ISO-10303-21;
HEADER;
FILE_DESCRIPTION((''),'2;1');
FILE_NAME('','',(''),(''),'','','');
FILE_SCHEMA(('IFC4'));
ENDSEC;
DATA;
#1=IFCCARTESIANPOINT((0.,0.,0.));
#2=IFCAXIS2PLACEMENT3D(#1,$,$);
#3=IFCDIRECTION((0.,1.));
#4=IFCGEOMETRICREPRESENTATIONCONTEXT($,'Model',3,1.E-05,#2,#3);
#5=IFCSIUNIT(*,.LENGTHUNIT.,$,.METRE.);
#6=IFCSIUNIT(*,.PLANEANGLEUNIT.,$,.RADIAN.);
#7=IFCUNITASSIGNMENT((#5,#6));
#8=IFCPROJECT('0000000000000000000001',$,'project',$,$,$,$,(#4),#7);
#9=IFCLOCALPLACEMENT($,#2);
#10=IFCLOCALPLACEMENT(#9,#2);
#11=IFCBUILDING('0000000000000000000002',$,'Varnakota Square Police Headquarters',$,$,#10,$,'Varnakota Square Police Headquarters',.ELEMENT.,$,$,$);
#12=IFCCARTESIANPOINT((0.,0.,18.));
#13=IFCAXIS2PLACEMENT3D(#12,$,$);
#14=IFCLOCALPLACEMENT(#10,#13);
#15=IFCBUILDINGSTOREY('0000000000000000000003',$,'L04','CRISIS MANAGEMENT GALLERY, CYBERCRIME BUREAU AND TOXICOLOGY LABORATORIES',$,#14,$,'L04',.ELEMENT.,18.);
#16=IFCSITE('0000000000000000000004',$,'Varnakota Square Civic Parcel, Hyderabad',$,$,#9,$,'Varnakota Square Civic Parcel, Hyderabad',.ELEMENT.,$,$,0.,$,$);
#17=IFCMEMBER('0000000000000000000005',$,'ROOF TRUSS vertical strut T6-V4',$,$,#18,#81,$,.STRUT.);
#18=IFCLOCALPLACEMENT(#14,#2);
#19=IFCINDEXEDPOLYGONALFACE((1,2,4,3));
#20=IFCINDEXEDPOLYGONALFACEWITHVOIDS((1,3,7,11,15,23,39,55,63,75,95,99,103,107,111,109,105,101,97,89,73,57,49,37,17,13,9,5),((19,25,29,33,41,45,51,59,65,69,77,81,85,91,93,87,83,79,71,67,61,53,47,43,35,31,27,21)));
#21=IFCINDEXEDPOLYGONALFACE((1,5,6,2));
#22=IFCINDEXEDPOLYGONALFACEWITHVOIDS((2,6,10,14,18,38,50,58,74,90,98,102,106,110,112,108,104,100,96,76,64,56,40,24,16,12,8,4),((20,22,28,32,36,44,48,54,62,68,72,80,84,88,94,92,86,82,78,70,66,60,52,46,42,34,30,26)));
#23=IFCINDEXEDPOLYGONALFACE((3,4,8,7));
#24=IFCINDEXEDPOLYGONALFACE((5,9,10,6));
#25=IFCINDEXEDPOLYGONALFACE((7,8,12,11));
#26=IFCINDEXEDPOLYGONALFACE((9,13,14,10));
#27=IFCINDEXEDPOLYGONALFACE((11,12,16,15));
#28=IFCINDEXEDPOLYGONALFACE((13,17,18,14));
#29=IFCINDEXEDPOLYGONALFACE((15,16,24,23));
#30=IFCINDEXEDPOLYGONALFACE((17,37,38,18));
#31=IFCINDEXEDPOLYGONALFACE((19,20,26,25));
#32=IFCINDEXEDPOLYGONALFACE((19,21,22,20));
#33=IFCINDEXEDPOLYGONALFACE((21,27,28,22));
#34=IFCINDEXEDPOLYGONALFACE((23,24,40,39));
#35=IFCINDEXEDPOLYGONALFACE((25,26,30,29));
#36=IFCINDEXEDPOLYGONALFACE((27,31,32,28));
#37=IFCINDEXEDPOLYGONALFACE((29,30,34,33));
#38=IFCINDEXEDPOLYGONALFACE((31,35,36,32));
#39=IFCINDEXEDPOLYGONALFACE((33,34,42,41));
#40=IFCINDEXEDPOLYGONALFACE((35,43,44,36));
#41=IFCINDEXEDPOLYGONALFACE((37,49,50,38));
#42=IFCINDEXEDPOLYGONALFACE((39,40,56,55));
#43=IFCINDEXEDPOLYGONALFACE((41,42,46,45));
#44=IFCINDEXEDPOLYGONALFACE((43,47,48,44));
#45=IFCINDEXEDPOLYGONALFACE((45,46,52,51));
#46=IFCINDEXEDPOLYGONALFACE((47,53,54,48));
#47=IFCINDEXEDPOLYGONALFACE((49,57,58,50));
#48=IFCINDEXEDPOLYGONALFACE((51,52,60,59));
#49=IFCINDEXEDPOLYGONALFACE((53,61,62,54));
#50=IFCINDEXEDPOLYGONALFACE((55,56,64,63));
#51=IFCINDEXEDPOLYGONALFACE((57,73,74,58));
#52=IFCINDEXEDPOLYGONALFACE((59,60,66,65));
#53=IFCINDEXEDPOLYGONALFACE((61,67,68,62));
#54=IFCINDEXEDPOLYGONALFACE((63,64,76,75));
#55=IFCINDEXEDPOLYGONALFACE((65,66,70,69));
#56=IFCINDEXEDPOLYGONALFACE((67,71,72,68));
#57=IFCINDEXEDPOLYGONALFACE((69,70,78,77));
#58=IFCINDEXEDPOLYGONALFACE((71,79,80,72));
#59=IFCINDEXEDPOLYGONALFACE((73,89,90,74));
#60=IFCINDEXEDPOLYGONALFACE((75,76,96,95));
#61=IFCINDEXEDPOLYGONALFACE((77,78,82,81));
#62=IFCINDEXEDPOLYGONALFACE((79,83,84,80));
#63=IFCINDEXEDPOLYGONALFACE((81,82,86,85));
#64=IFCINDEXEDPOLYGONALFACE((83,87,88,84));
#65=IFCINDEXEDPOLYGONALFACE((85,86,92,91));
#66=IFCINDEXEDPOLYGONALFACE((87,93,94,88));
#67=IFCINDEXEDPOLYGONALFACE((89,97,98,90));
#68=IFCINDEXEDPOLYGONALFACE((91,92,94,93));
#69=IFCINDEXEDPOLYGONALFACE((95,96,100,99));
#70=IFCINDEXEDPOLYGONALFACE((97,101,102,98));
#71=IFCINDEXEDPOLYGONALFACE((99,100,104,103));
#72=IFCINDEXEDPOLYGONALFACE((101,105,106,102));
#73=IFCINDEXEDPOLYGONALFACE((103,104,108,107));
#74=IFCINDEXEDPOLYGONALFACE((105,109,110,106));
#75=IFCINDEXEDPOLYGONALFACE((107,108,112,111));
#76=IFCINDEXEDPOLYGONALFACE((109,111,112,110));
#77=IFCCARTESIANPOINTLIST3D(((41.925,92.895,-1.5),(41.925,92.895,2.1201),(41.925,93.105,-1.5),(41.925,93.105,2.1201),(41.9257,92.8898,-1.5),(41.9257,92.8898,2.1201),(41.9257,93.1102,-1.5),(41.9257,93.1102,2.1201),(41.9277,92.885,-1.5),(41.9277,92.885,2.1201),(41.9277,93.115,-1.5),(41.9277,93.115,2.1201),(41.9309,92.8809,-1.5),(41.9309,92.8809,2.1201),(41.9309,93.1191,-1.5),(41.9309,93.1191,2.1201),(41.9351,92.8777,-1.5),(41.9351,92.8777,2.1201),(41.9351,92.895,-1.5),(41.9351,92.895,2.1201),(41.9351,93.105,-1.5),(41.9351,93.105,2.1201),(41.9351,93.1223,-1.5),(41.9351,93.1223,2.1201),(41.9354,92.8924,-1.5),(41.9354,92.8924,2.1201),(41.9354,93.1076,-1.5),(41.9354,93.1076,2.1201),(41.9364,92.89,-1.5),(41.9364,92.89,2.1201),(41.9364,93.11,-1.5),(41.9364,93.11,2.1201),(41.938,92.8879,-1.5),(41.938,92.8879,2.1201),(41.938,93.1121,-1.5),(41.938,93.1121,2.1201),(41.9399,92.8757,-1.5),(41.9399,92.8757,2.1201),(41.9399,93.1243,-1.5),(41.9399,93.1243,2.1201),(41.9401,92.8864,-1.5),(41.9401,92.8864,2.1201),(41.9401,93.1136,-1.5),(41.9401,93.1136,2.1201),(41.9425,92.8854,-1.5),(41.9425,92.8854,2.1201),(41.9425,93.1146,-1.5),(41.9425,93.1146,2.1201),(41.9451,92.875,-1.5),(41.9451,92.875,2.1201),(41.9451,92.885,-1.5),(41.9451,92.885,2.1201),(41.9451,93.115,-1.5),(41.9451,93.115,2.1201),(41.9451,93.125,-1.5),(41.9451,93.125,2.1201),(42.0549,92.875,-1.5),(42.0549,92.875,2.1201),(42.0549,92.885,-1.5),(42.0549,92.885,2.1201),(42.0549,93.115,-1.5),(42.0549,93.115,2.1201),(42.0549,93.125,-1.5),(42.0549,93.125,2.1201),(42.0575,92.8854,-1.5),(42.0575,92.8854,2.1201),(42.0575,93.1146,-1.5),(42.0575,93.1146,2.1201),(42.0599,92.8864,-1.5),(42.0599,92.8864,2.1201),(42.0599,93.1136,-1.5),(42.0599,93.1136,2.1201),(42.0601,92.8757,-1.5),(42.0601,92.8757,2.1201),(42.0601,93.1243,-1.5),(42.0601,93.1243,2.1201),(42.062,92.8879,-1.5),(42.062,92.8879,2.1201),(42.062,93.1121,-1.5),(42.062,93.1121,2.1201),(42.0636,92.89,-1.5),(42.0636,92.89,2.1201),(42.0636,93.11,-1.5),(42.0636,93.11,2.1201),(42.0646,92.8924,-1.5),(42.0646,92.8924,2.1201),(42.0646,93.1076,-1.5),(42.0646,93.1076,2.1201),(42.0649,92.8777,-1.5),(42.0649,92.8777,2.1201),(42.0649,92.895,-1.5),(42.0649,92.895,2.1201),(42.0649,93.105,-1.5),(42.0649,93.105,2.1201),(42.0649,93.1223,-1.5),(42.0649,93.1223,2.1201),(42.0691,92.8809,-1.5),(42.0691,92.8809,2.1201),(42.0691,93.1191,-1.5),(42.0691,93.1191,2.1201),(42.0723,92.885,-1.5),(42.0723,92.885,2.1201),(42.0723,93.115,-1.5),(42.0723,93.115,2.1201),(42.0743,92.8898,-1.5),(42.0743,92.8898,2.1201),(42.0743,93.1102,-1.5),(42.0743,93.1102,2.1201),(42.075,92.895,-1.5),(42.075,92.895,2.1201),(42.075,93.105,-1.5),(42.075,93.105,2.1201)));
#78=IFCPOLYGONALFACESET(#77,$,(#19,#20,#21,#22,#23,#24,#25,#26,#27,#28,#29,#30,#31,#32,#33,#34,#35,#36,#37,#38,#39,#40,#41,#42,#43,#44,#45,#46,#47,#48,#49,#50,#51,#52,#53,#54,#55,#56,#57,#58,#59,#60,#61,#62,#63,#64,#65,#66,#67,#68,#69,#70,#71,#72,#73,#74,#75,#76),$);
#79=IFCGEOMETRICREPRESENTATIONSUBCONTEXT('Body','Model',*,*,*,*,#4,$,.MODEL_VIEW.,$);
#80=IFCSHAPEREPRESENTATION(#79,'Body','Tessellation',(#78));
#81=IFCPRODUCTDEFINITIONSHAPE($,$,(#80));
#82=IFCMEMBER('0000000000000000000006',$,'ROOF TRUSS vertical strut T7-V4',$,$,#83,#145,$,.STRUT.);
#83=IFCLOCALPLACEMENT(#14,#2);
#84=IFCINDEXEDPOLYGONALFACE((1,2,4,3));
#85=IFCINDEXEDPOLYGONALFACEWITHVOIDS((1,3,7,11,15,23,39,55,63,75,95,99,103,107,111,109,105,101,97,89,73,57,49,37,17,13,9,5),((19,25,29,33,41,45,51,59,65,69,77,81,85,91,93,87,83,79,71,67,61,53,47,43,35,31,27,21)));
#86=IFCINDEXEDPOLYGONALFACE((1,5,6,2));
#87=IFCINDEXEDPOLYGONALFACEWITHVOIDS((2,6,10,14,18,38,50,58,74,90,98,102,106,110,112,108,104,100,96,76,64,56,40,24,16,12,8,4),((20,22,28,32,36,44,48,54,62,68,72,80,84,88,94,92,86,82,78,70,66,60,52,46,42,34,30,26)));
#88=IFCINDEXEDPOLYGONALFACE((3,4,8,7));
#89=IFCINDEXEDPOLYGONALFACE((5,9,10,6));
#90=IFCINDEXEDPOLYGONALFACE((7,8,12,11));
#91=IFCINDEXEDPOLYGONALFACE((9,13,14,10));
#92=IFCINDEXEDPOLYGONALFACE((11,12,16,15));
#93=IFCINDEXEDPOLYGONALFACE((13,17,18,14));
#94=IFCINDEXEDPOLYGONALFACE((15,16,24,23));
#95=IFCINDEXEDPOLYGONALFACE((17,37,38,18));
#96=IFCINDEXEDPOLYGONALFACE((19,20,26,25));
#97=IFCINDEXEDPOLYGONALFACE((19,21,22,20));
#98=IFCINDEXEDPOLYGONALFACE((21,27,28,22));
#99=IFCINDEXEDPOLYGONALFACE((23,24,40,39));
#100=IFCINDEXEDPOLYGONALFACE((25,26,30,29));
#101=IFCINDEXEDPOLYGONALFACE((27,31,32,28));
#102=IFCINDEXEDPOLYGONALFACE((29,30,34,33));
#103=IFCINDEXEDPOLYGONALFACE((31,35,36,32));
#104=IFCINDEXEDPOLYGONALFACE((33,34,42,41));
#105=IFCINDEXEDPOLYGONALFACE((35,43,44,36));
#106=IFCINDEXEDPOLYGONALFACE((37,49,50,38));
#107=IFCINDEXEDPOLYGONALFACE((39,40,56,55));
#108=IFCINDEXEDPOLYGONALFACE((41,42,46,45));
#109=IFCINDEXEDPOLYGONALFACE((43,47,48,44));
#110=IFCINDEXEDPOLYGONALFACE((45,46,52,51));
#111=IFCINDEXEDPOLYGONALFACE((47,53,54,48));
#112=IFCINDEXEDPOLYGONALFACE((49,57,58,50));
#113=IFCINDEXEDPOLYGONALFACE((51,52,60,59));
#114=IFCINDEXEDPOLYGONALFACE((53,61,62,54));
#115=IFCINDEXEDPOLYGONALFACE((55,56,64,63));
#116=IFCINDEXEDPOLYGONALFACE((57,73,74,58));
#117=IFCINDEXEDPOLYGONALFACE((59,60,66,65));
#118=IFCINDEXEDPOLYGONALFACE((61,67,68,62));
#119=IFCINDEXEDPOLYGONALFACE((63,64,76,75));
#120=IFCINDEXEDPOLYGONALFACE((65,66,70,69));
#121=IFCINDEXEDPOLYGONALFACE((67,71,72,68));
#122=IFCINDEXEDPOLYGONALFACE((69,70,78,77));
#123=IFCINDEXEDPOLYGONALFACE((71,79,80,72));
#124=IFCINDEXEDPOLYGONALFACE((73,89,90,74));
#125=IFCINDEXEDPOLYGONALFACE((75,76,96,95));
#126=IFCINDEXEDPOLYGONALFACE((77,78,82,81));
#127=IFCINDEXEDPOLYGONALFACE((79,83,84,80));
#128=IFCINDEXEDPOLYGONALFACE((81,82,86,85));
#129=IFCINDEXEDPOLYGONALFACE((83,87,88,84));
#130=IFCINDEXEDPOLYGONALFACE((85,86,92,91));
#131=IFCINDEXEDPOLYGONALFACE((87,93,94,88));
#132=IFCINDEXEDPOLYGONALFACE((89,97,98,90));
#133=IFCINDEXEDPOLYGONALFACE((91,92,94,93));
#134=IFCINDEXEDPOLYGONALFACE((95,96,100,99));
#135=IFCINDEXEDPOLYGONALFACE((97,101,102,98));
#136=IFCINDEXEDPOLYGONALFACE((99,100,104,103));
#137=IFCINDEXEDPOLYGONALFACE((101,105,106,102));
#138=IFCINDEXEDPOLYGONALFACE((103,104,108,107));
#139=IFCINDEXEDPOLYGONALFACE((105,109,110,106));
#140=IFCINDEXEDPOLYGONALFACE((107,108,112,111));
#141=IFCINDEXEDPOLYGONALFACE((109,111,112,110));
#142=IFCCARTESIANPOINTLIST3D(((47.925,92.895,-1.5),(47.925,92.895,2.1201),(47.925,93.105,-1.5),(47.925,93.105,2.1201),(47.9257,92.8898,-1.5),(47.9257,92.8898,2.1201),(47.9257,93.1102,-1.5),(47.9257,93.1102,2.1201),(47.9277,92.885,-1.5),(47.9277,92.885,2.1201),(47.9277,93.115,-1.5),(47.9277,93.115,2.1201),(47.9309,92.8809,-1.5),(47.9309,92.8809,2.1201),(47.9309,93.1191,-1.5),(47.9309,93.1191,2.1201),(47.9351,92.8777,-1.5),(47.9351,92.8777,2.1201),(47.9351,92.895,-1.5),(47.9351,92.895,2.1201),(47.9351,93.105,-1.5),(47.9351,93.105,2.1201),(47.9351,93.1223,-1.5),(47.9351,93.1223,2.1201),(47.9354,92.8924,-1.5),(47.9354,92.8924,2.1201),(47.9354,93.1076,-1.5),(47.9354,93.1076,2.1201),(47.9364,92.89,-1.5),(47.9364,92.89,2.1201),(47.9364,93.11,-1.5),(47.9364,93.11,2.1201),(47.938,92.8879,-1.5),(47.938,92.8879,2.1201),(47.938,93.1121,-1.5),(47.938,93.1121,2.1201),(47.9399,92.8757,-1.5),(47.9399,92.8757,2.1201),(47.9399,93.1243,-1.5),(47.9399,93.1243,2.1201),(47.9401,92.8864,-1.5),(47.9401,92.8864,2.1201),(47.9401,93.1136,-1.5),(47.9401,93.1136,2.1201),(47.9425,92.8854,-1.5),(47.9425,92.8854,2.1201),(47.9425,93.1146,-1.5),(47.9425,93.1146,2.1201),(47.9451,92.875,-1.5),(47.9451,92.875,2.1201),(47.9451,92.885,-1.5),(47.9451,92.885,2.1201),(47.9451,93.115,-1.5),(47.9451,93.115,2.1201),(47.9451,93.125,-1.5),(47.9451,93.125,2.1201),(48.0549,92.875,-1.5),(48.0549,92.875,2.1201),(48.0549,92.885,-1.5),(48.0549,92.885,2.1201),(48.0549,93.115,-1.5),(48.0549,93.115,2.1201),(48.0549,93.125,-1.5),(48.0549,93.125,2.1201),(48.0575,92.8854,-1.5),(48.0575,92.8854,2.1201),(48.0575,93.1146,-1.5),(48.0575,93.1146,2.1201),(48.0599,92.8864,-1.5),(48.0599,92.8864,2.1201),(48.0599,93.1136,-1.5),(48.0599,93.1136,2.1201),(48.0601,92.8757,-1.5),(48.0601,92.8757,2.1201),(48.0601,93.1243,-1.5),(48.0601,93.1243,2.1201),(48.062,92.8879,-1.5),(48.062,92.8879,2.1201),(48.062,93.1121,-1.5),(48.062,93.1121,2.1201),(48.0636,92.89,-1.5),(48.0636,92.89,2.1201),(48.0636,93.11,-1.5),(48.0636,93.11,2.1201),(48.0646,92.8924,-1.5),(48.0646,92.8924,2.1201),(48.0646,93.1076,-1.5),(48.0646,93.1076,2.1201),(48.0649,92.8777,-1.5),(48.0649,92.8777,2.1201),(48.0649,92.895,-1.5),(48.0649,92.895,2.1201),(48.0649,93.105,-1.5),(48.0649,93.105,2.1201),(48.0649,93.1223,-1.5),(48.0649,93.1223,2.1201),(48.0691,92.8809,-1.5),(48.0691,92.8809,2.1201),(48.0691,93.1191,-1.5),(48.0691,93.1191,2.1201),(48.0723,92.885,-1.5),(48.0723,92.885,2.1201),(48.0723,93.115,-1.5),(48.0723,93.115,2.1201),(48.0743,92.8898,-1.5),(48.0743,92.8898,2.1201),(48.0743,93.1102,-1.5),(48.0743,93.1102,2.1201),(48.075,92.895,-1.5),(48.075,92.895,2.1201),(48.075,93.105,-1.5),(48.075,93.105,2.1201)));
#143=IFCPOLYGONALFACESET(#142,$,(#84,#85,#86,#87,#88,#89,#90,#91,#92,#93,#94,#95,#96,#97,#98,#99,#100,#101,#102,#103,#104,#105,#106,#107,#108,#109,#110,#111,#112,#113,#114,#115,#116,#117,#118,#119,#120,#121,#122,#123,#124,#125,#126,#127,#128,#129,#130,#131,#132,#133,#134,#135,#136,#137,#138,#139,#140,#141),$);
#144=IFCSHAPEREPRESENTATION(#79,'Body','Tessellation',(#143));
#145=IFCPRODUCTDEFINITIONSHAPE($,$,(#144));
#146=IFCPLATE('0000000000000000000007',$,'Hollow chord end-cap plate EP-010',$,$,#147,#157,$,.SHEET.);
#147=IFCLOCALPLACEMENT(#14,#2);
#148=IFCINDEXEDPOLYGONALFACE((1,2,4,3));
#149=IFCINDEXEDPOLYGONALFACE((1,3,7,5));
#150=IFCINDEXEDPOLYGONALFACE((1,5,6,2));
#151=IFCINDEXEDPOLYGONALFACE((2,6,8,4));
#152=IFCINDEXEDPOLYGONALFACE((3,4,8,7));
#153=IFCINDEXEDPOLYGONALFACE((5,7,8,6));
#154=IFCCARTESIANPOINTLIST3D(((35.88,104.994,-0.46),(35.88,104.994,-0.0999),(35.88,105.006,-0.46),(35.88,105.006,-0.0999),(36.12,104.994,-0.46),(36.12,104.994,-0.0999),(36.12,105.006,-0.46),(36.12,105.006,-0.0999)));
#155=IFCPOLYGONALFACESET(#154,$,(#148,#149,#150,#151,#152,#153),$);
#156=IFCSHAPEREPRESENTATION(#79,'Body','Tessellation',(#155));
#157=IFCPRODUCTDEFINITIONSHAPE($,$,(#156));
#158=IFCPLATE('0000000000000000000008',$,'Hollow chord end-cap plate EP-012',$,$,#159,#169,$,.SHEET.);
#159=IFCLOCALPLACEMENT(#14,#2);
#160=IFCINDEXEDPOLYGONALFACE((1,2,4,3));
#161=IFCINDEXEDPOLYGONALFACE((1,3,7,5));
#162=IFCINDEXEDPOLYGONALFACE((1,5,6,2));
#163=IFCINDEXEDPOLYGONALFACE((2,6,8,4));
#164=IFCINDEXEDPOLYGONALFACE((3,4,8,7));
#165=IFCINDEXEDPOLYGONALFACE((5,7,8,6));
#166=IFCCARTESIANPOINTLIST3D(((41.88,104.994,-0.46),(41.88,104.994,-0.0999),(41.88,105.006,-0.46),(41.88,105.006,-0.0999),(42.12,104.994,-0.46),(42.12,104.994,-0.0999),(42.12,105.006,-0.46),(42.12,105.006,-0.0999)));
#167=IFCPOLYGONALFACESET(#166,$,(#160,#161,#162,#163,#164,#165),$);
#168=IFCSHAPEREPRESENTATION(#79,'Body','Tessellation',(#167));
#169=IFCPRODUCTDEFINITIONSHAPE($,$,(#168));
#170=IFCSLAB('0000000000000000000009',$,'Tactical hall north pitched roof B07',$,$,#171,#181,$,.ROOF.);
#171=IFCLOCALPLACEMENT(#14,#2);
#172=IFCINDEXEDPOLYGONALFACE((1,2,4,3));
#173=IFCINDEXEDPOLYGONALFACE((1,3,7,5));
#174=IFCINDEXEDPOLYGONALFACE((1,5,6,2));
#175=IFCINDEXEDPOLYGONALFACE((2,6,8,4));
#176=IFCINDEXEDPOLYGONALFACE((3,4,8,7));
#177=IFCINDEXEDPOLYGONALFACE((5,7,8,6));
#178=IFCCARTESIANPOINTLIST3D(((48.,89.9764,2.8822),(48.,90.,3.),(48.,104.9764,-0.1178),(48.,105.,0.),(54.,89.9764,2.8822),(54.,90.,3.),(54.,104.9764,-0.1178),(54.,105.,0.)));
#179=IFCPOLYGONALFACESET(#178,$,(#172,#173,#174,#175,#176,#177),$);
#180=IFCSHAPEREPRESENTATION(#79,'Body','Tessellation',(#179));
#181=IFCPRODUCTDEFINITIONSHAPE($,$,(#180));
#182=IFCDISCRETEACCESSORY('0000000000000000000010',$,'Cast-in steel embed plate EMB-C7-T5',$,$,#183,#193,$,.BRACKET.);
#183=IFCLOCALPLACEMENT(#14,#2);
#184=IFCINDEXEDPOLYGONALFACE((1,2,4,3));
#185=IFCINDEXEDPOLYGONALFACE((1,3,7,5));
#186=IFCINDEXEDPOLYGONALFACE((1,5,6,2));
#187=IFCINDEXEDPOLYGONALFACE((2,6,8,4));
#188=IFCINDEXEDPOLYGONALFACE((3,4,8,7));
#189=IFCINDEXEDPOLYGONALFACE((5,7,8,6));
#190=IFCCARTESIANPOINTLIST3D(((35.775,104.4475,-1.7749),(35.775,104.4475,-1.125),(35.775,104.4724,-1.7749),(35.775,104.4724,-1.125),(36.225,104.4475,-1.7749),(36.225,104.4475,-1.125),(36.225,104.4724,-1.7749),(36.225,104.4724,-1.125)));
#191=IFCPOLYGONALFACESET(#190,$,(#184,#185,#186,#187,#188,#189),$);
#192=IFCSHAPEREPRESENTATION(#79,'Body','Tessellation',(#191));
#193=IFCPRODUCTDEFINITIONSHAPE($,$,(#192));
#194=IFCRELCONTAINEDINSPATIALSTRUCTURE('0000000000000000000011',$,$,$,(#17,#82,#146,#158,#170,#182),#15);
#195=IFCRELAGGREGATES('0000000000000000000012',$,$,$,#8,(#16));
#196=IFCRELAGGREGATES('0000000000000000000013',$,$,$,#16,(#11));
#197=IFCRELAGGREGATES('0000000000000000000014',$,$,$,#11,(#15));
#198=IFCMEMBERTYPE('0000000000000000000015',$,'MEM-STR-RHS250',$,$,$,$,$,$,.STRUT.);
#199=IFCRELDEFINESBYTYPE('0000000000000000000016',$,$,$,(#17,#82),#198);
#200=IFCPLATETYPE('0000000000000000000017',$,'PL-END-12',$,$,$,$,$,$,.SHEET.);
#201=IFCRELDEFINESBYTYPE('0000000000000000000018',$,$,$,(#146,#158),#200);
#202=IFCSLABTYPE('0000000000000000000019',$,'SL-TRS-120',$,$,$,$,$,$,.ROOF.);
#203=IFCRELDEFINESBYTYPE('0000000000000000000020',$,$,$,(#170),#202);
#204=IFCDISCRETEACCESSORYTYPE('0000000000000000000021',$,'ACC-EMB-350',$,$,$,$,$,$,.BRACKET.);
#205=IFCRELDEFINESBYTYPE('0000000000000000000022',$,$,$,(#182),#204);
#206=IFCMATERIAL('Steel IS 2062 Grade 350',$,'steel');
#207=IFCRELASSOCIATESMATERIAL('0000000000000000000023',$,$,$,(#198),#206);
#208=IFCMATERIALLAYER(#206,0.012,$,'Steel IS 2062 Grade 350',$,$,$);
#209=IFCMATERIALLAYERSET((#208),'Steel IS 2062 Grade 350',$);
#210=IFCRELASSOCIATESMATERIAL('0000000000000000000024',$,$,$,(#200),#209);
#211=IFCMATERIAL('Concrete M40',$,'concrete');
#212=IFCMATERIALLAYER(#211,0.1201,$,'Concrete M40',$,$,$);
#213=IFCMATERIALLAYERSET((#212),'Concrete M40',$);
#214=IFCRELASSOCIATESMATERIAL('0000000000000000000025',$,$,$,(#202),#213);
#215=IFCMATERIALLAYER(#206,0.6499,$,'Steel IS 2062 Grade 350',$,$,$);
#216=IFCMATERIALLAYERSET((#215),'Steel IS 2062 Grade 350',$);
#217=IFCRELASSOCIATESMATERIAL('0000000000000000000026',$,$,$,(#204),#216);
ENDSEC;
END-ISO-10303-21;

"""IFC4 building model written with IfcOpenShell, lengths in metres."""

from ifc_helpers import new_model, si_unit, direction, frame, origin, origin_2d, place, context, subcontext, project, spatial, polyline, rectangle, hollow_rectangle, outline, extrude, material, layer, layer_set, material_profile, profile_set, type_object, element, save


model = new_model("IFC4")

# Units and contexts
model_context = context("Model", 3, precision=1e-05, world=origin(), true_north=direction((0.0, 1.0)))
body_context = subcontext(model_context, "Body", "Model", "MODEL_VIEW")
ifc_project = project(units=[si_unit("LENGTHUNIT", "METRE"), si_unit("PLANEANGLEUNIT", "RADIAN")], contexts=[model_context])

# Site, building, storey
site_placement = place(None, origin())
site = spatial("IfcSite", under=ifc_project, at=site_placement, Name="Varnakota Square Civic Parcel, Hyderabad", LongName="Varnakota Square Civic Parcel, Hyderabad", CompositionType="ELEMENT", RefElevation=0.0)
building_placement = place(site_placement, origin())
building = spatial("IfcBuilding", under=site, at=building_placement, Name="Varnakota Square Police Headquarters", LongName="Varnakota Square Police Headquarters", CompositionType="ELEMENT")
storey_placement = place(building_placement, frame((0.0, 0.0, 18.0)))
storey = spatial("IfcBuildingStorey", under=building, at=storey_placement, Name="L04", Description="CRISIS MANAGEMENT GALLERY, CYBERCRIME BUREAU AND TOXICOLOGY LABORATORIES", LongName="L04", CompositionType="ELEMENT", Elevation=18.0)

# Shared definitions
ifc_material_1 = material(Name="Steel IS 2062 Grade 350", Category="steel")

# Members
ifc_material_profile_1 = material_profile(ifc_material_1, hollow_rectangle(XDim=0.1499, YDim=0.25, WallThickness=0.01, InnerFilletRadius=0.01, OuterFilletRadius=0.02, at=origin_2d()), Name="RHS 250x150x10")
ifc_profile_set_1 = profile_set([ifc_material_profile_1], Name="Steel IS 2062 Grade 350")
member_type_1 = type_object("IfcMemberType", Name="MEM-STR-RHS250", PredefinedType="STRUT", material=ifc_profile_set_1)
for number, where, z_axis, x_axis, name in (
    (1, (42.0, 93.0, -1.5), (0.0, 0.0, 1.0), (1.0, 0.0, 0.0), "ROOF TRUSS vertical strut T6-V4"),
    (2, (48.0, 93.0, -1.5), (0.0, 0.0, 1.0), (1.0, 0.0, 0.0), "ROOF TRUSS vertical strut T7-V4"),
):
    element("IfcMember", number, at=place(storey_placement, frame(where, z_axis=z_axis, x_axis=x_axis)), inside=storey, type_object=member_type_1, Name=name, PredefinedType="STRUT", context=body_context, shape_type="SweptSolid", body=[
        extrude(hollow_rectangle(XDim=0.1499, YDim=0.25, WallThickness=0.01, InnerFilletRadius=0.01, OuterFilletRadius=0.02, at=origin_2d()), origin(), (0.0, 0.0, 1.0), 3.6201),
    ])

# Plates
ifc_layer_1 = layer(ifc_material_1, 0.012, Name="Steel IS 2062 Grade 350")
ifc_layer_set_1 = layer_set([ifc_layer_1], Name="Steel IS 2062 Grade 350")
plate_type = type_object("IfcPlateType", Name="PL-END-12", PredefinedType="SHEET", material=ifc_layer_set_1)
for number, where, z_axis, x_axis, name in (
    (3, (36.0, 105.0, -0.46), (0.0, 0.0, 1.0), (1.0, 0.0, 0.0), "Hollow chord end-cap plate EP-010"),
    (4, (42.0, 105.0, -0.46), (0.0, 0.0, 1.0), (1.0, 0.0, 0.0), "Hollow chord end-cap plate EP-012"),
):
    element("IfcPlate", number, at=place(storey_placement, frame(where, z_axis=z_axis, x_axis=x_axis)), inside=storey, type_object=plate_type, Name=name, PredefinedType="SHEET", context=body_context, shape_type="SweptSolid", body=[
        extrude(rectangle(XDim=0.24, YDim=0.012, at=origin_2d()), origin(), (0.0, 0.0, 1.0), 0.3601),
    ])

# Slab
ifc_material_2 = material(Name="Concrete M40", Category="concrete")
ifc_layer_2 = layer(ifc_material_2, 0.1201, Name="Concrete M40")
ifc_layer_set_2 = layer_set([ifc_layer_2], Name="Concrete M40")
slab_type = type_object("IfcSlabType", Name="SL-TRS-120", PredefinedType="ROOF", material=ifc_layer_set_2)
slab_placement = place(storey_placement, frame((48.0, 90.0, 3.0), z_axis=(0.0, 0.196116, 0.980581), x_axis=(1.0, 0.0, 0.0)))
element("IfcSlab", 5, at=slab_placement, inside=storey, type_object=slab_type, Name="Tactical hall north pitched roof B07", PredefinedType="ROOF", context=body_context, shape_type="SweptSolid", body=[
    extrude(outline(polyline([(0.0, 0.0), (6.0, 0.0), (6.0, 15.2971), (0.0, 15.2971), (0.0, 0.0)])), origin(), (0.0, 0.0, -1.0), 0.1201),
])

# Discrete accessory
ifc_layer_3 = layer(ifc_material_1, 0.6499, Name="Steel IS 2062 Grade 350")
ifc_layer_set_3 = layer_set([ifc_layer_3], Name="Steel IS 2062 Grade 350")
discrete_accessory_type = type_object("IfcDiscreteAccessoryType", Name="ACC-EMB-350", PredefinedType="BRACKET", material=ifc_layer_set_3)
discrete_accessory_placement = place(storey_placement, frame((36.0, 104.46, -1.7749), z_axis=(0.0, 0.0, 1.0), x_axis=(1.0, 0.0, 0.0)))
element("IfcDiscreteAccessory", 6, at=discrete_accessory_placement, inside=storey, type_object=discrete_accessory_type, Name="Cast-in steel embed plate EMB-C7-T5", PredefinedType="BRACKET", context=body_context, shape_type="SweptSolid", body=[
    extrude(rectangle(XDim=0.45, YDim=0.0249, at=origin_2d()), origin(), (0.0, 0.0, 1.0), 0.6499),
])

save(model, "model.ifc")
